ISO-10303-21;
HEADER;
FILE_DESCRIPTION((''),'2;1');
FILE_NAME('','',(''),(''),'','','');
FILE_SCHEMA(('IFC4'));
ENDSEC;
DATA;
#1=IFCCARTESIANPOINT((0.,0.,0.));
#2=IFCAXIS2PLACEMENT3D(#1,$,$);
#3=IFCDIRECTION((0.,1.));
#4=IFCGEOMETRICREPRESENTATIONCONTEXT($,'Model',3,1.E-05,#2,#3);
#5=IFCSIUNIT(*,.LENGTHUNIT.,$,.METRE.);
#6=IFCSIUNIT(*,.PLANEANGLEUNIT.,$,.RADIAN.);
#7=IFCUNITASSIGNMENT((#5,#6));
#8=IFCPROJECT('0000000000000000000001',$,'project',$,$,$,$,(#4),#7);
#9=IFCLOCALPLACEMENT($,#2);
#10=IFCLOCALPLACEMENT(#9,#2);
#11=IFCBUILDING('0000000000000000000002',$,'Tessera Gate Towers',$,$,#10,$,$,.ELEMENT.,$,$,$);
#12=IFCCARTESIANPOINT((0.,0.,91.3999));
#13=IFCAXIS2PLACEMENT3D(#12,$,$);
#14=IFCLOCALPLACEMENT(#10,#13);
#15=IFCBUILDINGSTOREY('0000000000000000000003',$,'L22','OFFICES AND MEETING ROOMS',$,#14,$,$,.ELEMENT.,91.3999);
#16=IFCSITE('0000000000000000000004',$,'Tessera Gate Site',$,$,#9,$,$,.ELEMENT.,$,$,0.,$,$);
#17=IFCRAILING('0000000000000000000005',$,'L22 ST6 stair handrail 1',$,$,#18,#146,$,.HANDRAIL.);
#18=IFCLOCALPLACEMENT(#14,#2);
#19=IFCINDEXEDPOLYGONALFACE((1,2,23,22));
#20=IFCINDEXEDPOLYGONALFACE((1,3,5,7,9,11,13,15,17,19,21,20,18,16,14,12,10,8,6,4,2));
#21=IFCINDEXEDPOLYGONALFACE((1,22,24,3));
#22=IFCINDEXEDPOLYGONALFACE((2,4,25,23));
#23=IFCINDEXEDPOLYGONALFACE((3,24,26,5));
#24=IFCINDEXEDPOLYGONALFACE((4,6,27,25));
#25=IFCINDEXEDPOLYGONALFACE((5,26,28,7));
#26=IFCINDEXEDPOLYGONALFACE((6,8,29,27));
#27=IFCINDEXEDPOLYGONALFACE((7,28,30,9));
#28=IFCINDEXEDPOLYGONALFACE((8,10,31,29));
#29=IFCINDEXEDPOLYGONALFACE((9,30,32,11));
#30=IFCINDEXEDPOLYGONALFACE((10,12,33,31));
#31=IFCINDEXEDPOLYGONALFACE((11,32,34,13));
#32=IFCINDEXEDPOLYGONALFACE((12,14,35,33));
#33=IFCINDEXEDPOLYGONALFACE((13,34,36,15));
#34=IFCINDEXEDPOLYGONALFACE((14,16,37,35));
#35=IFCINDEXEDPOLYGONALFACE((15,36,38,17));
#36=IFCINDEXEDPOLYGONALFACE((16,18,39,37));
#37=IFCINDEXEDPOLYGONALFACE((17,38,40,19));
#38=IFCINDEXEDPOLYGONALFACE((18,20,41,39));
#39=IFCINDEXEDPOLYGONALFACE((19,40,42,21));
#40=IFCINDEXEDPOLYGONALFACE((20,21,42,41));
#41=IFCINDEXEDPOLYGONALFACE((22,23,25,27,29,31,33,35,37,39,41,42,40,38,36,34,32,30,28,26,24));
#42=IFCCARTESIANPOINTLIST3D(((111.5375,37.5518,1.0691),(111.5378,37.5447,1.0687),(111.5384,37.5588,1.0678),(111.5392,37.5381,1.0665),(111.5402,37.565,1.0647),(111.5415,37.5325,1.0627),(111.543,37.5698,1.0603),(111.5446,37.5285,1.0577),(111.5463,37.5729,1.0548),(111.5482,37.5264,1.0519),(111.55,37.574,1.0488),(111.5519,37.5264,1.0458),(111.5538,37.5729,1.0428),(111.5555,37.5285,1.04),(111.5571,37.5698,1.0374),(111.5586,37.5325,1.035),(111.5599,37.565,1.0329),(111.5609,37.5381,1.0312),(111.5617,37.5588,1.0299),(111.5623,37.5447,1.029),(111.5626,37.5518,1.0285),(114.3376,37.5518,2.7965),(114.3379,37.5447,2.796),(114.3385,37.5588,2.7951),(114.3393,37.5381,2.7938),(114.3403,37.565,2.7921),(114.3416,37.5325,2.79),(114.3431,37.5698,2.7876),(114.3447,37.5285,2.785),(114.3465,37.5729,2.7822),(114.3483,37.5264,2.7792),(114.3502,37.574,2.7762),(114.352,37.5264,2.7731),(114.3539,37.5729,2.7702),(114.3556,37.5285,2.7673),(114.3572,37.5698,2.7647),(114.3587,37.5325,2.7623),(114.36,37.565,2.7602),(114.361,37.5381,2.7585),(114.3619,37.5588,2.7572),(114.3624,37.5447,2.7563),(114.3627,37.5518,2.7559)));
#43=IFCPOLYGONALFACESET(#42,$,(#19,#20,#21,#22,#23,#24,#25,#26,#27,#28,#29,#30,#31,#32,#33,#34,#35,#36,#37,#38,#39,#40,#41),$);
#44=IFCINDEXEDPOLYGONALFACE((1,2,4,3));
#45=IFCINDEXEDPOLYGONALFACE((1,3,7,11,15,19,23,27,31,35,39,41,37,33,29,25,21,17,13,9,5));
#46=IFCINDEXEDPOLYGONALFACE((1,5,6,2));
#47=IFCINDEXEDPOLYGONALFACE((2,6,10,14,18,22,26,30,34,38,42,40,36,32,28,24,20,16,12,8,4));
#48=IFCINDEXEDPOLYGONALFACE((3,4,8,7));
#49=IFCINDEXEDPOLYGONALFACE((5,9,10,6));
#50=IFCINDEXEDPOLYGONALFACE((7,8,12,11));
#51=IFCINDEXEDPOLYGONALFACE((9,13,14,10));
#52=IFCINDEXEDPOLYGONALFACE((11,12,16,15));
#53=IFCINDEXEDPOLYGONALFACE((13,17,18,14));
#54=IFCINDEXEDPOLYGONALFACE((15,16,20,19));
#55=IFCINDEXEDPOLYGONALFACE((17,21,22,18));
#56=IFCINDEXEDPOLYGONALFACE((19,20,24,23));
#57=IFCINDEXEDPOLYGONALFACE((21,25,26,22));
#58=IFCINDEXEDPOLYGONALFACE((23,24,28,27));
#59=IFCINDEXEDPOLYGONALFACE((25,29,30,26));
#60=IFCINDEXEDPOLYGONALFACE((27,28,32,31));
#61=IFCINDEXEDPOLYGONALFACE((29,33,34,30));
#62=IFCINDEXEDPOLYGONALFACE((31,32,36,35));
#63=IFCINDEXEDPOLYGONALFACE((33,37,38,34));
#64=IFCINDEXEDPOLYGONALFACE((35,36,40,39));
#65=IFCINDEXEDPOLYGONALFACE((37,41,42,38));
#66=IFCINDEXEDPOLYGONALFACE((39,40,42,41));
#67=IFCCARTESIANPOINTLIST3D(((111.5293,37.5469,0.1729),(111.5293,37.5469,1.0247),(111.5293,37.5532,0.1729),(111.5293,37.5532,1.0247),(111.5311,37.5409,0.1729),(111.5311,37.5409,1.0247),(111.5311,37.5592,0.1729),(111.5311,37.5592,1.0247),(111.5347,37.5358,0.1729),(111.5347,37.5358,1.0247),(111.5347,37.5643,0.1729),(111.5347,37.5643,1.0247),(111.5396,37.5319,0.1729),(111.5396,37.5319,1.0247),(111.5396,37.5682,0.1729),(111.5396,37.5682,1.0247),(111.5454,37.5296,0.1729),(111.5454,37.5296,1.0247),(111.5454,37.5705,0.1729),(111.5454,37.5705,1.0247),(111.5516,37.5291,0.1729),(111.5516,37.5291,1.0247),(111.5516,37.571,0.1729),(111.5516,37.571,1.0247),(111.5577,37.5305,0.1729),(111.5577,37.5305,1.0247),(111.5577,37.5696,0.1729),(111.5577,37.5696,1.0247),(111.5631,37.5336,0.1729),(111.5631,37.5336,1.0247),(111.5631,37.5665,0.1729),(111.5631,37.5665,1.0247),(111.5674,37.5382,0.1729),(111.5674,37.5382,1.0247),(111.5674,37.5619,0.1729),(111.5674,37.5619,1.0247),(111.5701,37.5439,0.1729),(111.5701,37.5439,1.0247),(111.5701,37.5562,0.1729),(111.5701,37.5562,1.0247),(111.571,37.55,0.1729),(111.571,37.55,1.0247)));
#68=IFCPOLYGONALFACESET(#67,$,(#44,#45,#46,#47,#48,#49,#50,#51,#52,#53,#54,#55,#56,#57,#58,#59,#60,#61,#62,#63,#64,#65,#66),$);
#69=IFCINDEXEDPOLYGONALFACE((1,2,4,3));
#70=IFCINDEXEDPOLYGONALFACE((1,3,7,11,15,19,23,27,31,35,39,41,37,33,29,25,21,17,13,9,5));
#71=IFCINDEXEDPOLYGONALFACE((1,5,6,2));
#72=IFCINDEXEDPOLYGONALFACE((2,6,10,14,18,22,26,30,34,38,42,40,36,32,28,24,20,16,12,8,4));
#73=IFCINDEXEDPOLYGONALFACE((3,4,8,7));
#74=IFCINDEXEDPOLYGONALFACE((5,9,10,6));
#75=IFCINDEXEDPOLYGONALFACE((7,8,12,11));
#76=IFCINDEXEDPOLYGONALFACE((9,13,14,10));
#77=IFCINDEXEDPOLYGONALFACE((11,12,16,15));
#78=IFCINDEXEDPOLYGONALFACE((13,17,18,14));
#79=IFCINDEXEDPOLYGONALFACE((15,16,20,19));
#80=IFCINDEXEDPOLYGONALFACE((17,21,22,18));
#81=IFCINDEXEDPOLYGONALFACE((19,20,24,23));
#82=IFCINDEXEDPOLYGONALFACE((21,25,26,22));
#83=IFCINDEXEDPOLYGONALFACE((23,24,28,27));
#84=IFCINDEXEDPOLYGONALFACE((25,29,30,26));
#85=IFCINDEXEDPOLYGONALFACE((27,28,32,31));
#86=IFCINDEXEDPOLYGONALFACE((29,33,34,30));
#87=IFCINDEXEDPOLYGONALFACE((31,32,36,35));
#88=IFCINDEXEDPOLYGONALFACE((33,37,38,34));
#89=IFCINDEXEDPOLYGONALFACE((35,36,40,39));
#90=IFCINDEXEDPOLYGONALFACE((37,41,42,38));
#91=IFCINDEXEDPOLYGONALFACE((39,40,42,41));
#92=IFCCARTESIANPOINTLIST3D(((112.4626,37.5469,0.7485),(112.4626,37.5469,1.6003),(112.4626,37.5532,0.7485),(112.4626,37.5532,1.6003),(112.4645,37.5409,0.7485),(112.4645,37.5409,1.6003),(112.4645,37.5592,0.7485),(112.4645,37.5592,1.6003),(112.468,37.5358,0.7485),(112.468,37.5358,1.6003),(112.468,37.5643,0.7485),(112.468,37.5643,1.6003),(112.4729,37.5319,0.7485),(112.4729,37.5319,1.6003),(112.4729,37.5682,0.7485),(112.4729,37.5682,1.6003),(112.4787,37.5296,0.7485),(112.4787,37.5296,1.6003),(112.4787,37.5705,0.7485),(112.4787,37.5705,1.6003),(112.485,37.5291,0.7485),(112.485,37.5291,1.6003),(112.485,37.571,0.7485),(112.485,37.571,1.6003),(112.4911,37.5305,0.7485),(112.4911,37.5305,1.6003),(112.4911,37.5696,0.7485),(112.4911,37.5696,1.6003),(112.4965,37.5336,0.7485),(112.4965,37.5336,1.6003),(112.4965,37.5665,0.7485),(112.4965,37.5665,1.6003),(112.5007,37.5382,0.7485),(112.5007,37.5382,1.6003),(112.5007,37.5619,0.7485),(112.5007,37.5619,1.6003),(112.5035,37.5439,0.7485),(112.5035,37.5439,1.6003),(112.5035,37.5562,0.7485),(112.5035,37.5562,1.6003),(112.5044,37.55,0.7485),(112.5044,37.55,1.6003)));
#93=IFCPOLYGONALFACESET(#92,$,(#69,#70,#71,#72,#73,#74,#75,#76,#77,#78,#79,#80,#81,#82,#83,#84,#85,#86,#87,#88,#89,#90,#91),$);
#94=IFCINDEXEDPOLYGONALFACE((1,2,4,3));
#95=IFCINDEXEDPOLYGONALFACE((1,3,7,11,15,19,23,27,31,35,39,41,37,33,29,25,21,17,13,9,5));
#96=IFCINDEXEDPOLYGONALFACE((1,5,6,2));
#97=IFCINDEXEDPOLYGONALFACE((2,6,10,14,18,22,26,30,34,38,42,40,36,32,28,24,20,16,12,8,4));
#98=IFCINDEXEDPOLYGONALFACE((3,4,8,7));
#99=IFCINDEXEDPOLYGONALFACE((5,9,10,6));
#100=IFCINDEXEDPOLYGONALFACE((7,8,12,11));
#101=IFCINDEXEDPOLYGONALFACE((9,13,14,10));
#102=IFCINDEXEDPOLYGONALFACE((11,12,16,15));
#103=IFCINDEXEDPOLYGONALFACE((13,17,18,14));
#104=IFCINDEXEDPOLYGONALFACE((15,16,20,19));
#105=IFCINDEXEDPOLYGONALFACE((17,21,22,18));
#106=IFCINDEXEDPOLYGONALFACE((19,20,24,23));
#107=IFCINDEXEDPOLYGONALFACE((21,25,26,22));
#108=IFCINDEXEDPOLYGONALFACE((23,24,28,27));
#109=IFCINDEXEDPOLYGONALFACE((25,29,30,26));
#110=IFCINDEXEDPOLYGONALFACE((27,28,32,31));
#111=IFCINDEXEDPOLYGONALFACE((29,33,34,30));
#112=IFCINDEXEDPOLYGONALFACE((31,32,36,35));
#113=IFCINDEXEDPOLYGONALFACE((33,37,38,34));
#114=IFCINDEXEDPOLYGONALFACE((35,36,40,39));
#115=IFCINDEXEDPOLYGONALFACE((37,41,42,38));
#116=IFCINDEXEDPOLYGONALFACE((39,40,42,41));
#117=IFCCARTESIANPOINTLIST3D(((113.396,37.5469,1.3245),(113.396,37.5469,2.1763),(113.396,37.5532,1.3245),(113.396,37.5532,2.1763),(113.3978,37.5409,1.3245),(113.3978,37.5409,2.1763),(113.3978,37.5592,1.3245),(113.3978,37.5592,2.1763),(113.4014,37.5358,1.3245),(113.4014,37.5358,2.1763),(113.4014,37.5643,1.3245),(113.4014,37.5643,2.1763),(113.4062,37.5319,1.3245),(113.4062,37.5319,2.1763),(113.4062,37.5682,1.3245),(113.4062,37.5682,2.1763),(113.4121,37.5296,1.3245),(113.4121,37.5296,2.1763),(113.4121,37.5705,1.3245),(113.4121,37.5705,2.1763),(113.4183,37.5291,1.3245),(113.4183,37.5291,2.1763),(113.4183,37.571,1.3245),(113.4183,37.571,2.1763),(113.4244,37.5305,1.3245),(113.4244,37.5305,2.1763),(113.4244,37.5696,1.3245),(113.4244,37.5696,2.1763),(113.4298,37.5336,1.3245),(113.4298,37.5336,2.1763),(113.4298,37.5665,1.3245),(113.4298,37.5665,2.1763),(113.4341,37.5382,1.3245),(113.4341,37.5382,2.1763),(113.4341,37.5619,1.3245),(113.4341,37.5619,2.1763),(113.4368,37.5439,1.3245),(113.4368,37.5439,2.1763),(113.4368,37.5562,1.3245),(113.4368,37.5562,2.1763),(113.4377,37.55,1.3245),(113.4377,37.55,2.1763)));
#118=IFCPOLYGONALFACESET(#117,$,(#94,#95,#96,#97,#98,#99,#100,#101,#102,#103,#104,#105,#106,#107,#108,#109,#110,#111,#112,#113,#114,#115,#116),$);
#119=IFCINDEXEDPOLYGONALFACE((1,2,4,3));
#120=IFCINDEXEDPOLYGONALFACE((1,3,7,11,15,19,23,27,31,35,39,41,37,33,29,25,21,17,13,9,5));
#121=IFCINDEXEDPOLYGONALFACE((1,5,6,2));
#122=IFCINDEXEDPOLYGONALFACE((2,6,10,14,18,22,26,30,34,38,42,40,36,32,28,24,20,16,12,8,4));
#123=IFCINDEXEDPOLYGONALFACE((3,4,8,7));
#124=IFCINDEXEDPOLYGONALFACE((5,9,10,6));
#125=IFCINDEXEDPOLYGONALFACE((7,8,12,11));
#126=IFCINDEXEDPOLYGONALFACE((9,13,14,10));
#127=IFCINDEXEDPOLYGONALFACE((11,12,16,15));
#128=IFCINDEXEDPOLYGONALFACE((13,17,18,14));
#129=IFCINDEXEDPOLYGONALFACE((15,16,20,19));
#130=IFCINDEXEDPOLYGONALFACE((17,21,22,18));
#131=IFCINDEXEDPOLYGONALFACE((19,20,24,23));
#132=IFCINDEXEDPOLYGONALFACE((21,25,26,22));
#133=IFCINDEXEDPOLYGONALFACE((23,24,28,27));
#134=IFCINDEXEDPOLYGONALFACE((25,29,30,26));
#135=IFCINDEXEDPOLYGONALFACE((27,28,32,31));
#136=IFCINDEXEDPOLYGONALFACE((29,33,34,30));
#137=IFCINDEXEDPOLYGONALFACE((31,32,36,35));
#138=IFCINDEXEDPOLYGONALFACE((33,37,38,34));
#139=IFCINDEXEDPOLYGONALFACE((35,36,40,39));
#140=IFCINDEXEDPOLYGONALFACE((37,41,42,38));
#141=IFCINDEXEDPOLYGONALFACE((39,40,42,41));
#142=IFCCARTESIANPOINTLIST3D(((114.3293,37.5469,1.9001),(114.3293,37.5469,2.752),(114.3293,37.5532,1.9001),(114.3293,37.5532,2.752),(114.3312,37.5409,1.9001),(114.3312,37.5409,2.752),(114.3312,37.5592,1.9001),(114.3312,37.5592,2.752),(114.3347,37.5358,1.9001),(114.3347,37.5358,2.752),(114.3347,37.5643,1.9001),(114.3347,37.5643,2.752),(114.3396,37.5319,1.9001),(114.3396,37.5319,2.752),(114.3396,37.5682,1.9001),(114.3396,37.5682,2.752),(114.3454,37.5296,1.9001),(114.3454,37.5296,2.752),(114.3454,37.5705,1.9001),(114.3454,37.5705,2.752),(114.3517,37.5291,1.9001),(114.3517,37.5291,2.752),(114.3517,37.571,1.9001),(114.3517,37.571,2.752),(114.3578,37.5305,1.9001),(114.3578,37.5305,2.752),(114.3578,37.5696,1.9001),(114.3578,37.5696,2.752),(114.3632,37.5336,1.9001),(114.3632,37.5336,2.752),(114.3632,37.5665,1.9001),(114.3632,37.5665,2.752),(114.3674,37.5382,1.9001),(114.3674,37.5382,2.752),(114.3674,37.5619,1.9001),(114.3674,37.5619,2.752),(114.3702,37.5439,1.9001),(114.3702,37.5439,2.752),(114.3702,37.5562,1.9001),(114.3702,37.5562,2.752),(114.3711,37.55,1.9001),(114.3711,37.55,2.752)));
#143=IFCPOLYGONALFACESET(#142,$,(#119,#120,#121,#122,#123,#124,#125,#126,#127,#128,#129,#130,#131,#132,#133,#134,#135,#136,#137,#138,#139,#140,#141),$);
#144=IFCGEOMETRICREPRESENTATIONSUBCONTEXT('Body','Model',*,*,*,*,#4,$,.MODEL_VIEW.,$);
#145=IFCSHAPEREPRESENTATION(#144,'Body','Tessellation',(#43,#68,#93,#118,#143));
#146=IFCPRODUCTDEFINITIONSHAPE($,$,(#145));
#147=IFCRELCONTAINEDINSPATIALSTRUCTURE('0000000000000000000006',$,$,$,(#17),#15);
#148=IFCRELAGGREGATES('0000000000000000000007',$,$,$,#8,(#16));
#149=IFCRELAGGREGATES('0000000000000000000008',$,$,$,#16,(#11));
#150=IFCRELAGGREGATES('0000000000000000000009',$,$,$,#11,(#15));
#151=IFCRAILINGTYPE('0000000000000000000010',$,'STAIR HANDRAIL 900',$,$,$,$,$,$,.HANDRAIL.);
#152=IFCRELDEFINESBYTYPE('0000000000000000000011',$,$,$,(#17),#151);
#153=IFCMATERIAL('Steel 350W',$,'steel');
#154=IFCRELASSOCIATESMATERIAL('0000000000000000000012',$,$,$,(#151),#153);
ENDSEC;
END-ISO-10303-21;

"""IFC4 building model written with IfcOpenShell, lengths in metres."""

from ifc_helpers import new_model, si_unit, direction, frame, origin, origin_2d, place, context, subcontext, project, spatial, circle, extrude, material, type_object, element, save


model = new_model("IFC4")

# Units and contexts
model_context = context("Model", 3, precision=1e-05, world=origin(), true_north=direction((0.0, 1.0)))
body_context = subcontext(model_context, "Body", "Model", "MODEL_VIEW")
ifc_project = project(units=[si_unit("LENGTHUNIT", "METRE"), si_unit("PLANEANGLEUNIT", "RADIAN")], contexts=[model_context])

# Site, building, storey
site_placement = place(None, origin())
site = spatial("IfcSite", under=ifc_project, at=site_placement, Name="Tessera Gate Site", CompositionType="ELEMENT", RefElevation=0.0)
building_placement = place(site_placement, origin())
building = spatial("IfcBuilding", under=site, at=building_placement, Name="Tessera Gate Towers", CompositionType="ELEMENT")
storey_placement = place(building_placement, frame((0.0, 0.0, 91.3999)))
storey = spatial("IfcBuildingStorey", under=building, at=storey_placement, Name="L22", Description="OFFICES AND MEETING ROOMS", CompositionType="ELEMENT", Elevation=91.3999)

# Railing
ifc_material_1 = material(Name="Steel 350W", Category="steel")
railing_type_1 = type_object("IfcRailingType", Name="STAIR HANDRAIL 900", PredefinedType="HANDRAIL", material=ifc_material_1)
railing_1_placement = place(storey_placement, frame((111.55, 37.55, 0.1729)))
element("IfcRailing", 1, at=railing_1_placement, inside=storey, type_object=railing_type_1, Name="L22 ST6 stair handrail 1", PredefinedType="HANDRAIL", context=body_context, shape_type="SweptSolid", body=[
    extrude(circle(Radius=0.0239, at=origin_2d()), frame((0.0, 0.0, 0.876), z_axis=(0.85109, 0.0, 0.52502), x_axis=(0.0, 1.0, 0.0)), (0.0, 0.0, 1.0), 3.29),
    extrude(circle(Radius=0.021, at=origin_2d()), origin(), (0.0, 0.0, 1.0), 0.8518),
    extrude(circle(Radius=0.021, at=origin_2d()), frame((0.9333, 0.0, 0.5757)), (0.0, 0.0, 1.0), 0.8518),
    extrude(circle(Radius=0.021, at=origin_2d()), frame((1.8667, 0.0, 1.1516)), (0.0, 0.0, 1.0), 0.8518),
    extrude(circle(Radius=0.021, at=origin_2d()), frame((2.8, 0.0, 1.7273)), (0.0, 0.0, 1.0), 0.8518),
])

save(model, "model.ifc")
